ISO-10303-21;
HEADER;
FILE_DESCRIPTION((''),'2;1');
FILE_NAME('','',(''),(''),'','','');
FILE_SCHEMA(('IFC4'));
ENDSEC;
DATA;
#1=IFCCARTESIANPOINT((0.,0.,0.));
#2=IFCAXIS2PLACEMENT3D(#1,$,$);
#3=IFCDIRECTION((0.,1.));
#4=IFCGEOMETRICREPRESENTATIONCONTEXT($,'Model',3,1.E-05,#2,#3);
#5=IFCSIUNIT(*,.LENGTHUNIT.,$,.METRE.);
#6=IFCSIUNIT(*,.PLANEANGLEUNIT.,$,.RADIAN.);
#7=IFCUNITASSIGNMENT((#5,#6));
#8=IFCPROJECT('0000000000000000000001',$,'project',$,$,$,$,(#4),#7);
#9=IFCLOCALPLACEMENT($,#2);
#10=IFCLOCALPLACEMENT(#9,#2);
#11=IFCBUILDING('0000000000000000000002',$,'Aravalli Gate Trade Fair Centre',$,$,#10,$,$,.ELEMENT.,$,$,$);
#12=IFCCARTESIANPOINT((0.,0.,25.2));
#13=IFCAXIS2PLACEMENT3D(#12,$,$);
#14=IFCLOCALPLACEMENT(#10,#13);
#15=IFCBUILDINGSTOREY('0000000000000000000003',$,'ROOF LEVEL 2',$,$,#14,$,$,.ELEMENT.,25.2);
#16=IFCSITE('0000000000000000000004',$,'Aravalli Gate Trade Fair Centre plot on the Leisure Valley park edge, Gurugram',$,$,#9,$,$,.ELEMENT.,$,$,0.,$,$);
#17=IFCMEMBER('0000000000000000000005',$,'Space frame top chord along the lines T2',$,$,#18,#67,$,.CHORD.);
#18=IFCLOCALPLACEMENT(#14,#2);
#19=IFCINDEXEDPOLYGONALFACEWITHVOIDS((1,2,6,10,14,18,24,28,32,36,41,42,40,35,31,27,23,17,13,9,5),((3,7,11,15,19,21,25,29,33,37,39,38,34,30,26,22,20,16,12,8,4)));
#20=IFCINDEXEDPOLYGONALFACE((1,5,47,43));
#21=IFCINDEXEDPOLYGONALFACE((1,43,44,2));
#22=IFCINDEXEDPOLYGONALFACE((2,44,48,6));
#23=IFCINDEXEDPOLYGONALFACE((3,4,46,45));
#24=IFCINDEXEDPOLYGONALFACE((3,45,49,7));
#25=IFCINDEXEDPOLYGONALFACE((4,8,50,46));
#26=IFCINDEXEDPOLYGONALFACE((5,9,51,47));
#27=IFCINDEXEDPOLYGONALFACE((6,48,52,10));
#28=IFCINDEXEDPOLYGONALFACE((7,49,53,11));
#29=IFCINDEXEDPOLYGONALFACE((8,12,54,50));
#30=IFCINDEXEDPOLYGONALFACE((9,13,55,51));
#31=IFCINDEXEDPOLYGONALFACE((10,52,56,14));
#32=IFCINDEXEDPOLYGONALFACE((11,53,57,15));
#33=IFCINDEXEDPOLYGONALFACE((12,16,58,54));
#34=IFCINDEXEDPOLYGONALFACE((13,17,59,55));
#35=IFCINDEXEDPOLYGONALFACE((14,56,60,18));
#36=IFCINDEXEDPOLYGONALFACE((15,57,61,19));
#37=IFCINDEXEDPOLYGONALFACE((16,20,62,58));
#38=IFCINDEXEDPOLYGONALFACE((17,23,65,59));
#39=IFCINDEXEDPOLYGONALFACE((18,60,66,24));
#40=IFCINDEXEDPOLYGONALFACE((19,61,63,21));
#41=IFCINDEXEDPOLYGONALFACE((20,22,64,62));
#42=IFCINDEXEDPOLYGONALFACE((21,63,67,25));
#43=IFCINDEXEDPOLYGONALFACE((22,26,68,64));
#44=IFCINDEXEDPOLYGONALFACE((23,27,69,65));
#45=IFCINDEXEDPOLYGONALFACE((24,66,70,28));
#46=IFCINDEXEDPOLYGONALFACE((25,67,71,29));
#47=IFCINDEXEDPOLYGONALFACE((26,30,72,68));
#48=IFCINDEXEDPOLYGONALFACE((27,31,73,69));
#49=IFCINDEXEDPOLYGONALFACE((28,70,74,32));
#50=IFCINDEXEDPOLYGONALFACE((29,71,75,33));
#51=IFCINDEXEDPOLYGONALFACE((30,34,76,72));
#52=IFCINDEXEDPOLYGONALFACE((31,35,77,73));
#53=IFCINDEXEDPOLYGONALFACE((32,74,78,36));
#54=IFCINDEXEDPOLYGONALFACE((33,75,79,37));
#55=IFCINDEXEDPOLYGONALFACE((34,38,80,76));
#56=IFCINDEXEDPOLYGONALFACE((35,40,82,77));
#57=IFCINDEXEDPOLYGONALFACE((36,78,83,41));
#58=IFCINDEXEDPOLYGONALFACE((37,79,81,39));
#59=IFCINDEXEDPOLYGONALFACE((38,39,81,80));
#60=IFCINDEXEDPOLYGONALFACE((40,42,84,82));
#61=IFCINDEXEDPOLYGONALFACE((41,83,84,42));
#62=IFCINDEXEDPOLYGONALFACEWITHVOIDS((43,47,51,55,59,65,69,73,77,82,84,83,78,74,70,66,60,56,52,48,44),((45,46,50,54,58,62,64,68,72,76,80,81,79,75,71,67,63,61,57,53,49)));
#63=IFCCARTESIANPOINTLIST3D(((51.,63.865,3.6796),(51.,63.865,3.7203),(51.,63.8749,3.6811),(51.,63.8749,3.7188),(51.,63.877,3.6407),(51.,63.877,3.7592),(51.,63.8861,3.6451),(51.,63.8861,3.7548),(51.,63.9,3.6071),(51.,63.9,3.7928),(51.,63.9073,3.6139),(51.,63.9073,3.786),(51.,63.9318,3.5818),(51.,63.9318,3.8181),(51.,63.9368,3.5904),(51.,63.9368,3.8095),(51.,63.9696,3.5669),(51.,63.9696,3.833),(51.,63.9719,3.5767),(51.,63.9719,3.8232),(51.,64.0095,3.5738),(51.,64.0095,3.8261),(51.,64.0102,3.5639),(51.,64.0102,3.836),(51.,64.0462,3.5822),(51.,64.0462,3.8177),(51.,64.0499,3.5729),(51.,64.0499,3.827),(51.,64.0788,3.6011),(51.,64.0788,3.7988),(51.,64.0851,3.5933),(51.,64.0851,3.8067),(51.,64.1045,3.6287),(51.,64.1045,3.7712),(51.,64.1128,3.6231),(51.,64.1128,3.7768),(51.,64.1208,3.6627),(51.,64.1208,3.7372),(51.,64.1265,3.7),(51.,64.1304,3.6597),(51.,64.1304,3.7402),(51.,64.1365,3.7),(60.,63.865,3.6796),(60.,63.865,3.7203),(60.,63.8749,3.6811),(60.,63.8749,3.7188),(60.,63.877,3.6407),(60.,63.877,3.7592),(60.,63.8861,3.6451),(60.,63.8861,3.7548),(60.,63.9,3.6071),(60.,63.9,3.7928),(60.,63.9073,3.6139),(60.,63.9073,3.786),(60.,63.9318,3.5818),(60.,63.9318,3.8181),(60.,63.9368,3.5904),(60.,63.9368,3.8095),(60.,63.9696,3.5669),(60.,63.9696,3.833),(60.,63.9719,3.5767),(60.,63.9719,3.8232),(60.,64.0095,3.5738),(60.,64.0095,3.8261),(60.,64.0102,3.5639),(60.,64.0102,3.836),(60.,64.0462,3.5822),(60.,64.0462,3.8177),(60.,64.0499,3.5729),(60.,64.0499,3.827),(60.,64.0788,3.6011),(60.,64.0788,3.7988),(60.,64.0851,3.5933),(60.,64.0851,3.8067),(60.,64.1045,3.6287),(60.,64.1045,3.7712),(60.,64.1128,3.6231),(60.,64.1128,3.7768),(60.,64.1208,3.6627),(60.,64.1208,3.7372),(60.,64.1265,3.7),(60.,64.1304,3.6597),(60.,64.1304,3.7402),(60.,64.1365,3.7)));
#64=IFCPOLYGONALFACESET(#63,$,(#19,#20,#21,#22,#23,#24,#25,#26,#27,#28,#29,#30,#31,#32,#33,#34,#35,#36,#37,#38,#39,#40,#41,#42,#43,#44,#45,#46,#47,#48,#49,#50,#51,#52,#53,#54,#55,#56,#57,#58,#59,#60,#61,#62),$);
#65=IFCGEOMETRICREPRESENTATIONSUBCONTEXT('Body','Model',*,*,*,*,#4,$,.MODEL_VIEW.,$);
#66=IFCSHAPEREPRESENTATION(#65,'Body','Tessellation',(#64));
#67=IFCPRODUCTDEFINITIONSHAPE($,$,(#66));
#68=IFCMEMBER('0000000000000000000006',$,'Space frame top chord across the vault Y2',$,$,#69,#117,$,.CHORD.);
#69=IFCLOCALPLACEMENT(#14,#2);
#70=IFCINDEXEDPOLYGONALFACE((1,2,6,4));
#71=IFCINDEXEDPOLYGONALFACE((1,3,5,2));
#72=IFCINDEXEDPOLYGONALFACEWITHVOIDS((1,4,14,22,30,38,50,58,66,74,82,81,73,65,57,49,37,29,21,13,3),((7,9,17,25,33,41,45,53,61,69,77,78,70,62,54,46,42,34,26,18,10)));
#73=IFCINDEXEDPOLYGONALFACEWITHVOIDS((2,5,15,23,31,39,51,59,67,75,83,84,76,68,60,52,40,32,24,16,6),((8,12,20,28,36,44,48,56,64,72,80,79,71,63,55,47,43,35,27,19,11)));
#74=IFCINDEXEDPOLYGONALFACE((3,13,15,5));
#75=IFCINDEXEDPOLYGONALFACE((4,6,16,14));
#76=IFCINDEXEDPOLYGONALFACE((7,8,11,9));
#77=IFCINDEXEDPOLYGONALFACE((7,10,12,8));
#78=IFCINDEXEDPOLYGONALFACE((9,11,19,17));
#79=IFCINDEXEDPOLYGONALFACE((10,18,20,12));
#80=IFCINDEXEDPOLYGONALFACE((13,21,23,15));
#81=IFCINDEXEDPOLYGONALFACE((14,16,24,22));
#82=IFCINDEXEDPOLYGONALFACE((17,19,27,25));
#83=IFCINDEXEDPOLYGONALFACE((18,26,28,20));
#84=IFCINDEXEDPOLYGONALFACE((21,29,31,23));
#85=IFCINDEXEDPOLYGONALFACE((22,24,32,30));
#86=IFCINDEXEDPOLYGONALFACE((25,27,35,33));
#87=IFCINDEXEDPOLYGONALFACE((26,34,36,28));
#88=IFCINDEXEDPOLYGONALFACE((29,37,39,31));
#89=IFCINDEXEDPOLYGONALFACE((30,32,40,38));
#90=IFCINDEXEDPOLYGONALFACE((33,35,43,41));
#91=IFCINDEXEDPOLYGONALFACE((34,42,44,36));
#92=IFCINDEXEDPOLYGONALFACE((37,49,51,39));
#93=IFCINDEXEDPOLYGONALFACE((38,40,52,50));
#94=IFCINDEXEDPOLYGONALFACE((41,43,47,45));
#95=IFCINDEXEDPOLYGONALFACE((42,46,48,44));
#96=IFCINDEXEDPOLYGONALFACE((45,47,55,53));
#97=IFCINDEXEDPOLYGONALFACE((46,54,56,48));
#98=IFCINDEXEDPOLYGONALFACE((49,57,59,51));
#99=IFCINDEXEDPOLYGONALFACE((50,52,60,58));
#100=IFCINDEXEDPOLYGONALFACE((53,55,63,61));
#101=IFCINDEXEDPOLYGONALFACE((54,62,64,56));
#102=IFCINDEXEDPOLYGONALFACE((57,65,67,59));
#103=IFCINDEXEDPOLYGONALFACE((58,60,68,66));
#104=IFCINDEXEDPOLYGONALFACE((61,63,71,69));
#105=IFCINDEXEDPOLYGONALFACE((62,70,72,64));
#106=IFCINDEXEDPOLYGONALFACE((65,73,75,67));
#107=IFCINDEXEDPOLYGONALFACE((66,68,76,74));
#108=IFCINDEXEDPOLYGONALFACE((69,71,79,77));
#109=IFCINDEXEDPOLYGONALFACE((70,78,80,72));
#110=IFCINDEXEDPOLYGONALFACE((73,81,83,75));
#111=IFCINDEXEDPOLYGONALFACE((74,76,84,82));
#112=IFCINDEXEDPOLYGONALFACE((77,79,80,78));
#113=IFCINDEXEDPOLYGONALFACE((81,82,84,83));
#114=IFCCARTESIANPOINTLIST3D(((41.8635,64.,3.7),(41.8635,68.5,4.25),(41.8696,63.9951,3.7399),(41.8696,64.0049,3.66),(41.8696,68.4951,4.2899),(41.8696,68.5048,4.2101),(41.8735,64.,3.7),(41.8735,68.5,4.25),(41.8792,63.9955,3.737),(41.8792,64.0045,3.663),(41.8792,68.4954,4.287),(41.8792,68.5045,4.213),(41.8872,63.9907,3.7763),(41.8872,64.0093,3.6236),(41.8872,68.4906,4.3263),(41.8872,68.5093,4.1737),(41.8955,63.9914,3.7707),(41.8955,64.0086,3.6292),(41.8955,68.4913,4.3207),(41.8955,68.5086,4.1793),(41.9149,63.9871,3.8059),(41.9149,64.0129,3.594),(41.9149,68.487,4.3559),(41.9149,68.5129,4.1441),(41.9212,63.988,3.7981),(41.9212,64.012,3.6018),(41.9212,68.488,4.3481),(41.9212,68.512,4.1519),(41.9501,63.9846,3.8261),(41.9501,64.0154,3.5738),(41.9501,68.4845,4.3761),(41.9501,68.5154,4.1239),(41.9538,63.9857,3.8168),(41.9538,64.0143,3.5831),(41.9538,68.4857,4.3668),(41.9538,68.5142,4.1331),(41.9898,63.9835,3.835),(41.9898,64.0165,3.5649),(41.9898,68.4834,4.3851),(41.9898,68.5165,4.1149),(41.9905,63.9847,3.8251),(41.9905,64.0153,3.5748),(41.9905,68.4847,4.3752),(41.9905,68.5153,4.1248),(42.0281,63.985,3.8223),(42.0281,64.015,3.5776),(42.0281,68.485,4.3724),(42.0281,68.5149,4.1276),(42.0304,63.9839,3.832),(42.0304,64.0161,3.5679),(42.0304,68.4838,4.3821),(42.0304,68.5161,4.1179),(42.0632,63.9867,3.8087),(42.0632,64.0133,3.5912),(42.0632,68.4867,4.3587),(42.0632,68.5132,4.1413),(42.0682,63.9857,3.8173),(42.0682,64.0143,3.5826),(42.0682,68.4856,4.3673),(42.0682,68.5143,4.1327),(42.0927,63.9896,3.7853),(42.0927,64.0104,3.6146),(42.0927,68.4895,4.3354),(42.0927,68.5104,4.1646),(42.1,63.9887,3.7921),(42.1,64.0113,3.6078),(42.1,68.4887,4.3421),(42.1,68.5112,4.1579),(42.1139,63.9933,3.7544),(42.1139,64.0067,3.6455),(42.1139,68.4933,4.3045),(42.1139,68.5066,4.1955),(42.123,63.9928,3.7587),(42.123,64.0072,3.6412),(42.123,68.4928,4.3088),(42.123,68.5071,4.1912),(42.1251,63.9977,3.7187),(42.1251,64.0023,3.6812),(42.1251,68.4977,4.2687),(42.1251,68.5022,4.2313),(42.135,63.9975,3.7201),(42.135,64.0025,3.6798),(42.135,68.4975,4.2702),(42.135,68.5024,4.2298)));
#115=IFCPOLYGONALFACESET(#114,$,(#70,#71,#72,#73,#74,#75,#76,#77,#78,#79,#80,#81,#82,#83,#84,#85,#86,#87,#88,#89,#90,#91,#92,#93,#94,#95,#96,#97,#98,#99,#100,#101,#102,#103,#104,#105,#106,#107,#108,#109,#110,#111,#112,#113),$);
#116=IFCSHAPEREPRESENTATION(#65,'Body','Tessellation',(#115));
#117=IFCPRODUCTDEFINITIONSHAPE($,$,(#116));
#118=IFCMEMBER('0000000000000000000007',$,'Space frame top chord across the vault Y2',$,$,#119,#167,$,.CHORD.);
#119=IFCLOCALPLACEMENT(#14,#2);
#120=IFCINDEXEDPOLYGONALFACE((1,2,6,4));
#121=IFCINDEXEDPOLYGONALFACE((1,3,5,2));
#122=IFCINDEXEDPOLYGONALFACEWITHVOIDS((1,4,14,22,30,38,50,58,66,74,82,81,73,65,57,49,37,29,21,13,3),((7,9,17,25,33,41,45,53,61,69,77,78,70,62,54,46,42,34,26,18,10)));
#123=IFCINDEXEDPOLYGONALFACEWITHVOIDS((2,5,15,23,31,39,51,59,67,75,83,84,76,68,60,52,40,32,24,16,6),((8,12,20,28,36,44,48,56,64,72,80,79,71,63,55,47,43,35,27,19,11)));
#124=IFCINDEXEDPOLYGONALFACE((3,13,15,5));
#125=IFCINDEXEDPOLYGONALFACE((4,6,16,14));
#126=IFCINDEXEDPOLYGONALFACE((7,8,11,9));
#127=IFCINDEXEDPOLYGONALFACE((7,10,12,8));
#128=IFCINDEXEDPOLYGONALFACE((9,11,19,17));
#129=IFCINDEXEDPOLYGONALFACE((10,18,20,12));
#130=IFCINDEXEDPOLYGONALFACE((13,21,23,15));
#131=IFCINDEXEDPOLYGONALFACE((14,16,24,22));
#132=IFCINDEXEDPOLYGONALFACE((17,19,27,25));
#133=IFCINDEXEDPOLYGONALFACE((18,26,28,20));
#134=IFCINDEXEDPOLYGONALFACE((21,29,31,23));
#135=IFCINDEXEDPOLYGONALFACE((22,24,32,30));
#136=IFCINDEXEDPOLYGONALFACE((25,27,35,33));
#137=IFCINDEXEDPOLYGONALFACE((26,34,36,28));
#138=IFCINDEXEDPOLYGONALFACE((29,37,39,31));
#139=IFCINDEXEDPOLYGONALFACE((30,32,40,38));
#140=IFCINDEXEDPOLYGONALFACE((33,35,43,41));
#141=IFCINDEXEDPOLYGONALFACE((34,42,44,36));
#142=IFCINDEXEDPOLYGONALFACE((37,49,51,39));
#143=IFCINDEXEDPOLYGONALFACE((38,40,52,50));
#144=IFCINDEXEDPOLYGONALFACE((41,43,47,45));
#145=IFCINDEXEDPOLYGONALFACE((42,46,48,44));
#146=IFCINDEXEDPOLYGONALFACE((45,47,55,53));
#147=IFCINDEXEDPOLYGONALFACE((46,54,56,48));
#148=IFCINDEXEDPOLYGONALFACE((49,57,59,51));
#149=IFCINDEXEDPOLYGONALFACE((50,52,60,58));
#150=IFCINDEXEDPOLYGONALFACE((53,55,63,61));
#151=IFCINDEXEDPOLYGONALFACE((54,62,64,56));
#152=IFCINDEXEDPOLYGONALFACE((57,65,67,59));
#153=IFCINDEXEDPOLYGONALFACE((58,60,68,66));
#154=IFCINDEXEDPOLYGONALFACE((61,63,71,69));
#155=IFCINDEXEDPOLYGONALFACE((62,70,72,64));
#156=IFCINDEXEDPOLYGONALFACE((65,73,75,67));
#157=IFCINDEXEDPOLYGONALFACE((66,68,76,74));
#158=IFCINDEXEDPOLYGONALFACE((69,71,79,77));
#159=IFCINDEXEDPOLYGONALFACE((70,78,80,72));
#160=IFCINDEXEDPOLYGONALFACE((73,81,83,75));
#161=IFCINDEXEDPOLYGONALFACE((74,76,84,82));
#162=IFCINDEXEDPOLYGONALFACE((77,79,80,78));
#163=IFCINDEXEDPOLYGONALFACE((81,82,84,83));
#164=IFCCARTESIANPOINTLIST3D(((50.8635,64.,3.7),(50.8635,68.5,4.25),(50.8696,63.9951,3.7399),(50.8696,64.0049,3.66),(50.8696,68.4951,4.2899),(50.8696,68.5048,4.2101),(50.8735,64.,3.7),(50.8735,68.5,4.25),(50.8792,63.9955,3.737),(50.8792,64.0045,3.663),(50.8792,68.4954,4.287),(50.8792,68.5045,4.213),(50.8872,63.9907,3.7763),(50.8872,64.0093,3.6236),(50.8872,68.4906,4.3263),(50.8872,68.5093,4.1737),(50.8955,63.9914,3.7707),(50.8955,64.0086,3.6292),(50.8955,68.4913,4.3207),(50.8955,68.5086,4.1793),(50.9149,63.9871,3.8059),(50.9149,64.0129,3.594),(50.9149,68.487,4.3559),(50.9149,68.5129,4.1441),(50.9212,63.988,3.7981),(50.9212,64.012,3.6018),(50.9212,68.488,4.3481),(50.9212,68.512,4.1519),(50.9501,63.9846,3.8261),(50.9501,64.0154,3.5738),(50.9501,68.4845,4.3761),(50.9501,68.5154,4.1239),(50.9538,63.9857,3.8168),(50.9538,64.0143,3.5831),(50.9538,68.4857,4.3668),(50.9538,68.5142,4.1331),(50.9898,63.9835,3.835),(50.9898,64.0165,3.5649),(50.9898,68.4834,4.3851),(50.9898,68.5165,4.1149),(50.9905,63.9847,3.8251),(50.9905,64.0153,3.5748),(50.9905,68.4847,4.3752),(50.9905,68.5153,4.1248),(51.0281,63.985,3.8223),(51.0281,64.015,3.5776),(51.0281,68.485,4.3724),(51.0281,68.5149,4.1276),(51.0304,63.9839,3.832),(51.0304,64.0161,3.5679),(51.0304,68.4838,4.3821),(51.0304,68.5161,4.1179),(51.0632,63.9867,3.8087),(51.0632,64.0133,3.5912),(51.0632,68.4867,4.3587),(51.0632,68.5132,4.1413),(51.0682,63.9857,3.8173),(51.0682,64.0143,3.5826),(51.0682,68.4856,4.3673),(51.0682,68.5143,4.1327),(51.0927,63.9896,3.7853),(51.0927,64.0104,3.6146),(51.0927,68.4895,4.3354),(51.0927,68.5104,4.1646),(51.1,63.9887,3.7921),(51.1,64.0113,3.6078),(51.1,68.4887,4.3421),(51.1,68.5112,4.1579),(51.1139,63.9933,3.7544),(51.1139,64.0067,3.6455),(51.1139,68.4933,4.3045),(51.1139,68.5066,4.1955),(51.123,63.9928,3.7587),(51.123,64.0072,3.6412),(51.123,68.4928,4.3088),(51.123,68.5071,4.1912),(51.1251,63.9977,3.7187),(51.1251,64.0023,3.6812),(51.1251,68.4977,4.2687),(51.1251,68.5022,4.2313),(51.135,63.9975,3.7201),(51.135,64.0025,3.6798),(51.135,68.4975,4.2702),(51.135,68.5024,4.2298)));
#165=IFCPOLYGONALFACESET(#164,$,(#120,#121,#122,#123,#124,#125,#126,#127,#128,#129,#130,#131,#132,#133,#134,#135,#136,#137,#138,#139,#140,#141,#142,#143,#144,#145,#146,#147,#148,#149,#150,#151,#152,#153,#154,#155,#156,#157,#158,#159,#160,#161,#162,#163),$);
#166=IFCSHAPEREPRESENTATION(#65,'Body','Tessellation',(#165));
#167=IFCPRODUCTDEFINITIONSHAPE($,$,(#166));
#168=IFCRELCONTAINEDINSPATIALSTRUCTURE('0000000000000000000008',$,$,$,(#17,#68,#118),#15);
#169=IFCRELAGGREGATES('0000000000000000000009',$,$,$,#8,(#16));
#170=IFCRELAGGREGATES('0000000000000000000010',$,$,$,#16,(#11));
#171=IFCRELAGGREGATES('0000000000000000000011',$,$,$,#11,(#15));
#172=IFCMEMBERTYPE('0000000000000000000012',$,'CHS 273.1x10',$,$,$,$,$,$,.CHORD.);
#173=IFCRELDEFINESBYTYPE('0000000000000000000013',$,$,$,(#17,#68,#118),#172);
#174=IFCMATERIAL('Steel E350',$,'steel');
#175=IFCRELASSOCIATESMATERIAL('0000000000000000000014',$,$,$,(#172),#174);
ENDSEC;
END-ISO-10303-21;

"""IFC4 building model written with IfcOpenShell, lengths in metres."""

from ifc_helpers import new_model, si_unit, direction, frame, origin, origin_2d, place, context, subcontext, project, spatial, hollow_circle, extrude, material, material_profile, profile_set, type_object, element, save


model = new_model("IFC4")

# Units and contexts
model_context = context("Model", 3, precision=1e-05, world=origin(), true_north=direction((0.0, 1.0)))
body_context = subcontext(model_context, "Body", "Model", "MODEL_VIEW")
ifc_project = project(units=[si_unit("LENGTHUNIT", "METRE"), si_unit("PLANEANGLEUNIT", "RADIAN")], contexts=[model_context])

# Site, building, storey
site_placement = place(None, origin())
site = spatial("IfcSite", under=ifc_project, at=site_placement, Name="Aravalli Gate Trade Fair Centre plot on the Leisure Valley park edge, Gurugram", CompositionType="ELEMENT", RefElevation=0.0)
building_placement = place(site_placement, origin())
building = spatial("IfcBuilding", under=site, at=building_placement, Name="Aravalli Gate Trade Fair Centre", CompositionType="ELEMENT")
storey_placement = place(building_placement, frame((0.0, 0.0, 25.2)))
storey = spatial("IfcBuildingStorey", under=building, at=storey_placement, Name="ROOF LEVEL 2", CompositionType="ELEMENT", Elevation=25.2)

# Members
ifc_material = material(Name="Steel E350", Category="steel")
ifc_material_profile_1 = material_profile(ifc_material, hollow_circle(Radius=0.1365, WallThickness=0.01, at=origin_2d()), Name="CHS 273.1x10")
ifc_profile_set_1 = profile_set([ifc_material_profile_1], Name="Steel E350")
member_type_1 = type_object("IfcMemberType", Name="CHS 273.1x10", PredefinedType="CHORD", material=ifc_profile_set_1)
for number, where, z_axis, x_axis, name in (
    (1, (51.0, 64.0, 3.7), (1.0, 0.0, 0.0), (0.0, 1.0, 0.0), "Space frame top chord along the lines T2"),
):
    element("IfcMember", number, at=place(storey_placement, frame(where, z_axis=z_axis, x_axis=x_axis)), inside=storey, type_object=member_type_1, Name=name, PredefinedType="CHORD", context=body_context, shape_type="SweptSolid", body=[
        extrude(hollow_circle(Radius=0.1365, WallThickness=0.01, at=origin_2d()), origin(), (0.0, 0.0, 1.0), 9.0),
    ])
for number, where, z_axis, x_axis, name in (
    (2, (42.0, 64.0, 3.7), (0.0, 0.992612, 0.12133), (-1.0, 0.0, 0.0), "Space frame top chord across the vault Y2"),
    (3, (51.0, 64.0, 3.7), (0.0, 0.992612, 0.12133), (-1.0, 0.0, 0.0), "Space frame top chord across the vault Y2"),
):
    element("IfcMember", number, at=place(storey_placement, frame(where, z_axis=z_axis, x_axis=x_axis)), inside=storey, type_object=member_type_1, Name=name, PredefinedType="CHORD", context=body_context, shape_type="SweptSolid", body=[
        extrude(hollow_circle(Radius=0.1365, WallThickness=0.01, at=origin_2d()), origin(), (0.0, 0.0, 1.0), 4.5334),
    ])

save(model, "model.ifc")
